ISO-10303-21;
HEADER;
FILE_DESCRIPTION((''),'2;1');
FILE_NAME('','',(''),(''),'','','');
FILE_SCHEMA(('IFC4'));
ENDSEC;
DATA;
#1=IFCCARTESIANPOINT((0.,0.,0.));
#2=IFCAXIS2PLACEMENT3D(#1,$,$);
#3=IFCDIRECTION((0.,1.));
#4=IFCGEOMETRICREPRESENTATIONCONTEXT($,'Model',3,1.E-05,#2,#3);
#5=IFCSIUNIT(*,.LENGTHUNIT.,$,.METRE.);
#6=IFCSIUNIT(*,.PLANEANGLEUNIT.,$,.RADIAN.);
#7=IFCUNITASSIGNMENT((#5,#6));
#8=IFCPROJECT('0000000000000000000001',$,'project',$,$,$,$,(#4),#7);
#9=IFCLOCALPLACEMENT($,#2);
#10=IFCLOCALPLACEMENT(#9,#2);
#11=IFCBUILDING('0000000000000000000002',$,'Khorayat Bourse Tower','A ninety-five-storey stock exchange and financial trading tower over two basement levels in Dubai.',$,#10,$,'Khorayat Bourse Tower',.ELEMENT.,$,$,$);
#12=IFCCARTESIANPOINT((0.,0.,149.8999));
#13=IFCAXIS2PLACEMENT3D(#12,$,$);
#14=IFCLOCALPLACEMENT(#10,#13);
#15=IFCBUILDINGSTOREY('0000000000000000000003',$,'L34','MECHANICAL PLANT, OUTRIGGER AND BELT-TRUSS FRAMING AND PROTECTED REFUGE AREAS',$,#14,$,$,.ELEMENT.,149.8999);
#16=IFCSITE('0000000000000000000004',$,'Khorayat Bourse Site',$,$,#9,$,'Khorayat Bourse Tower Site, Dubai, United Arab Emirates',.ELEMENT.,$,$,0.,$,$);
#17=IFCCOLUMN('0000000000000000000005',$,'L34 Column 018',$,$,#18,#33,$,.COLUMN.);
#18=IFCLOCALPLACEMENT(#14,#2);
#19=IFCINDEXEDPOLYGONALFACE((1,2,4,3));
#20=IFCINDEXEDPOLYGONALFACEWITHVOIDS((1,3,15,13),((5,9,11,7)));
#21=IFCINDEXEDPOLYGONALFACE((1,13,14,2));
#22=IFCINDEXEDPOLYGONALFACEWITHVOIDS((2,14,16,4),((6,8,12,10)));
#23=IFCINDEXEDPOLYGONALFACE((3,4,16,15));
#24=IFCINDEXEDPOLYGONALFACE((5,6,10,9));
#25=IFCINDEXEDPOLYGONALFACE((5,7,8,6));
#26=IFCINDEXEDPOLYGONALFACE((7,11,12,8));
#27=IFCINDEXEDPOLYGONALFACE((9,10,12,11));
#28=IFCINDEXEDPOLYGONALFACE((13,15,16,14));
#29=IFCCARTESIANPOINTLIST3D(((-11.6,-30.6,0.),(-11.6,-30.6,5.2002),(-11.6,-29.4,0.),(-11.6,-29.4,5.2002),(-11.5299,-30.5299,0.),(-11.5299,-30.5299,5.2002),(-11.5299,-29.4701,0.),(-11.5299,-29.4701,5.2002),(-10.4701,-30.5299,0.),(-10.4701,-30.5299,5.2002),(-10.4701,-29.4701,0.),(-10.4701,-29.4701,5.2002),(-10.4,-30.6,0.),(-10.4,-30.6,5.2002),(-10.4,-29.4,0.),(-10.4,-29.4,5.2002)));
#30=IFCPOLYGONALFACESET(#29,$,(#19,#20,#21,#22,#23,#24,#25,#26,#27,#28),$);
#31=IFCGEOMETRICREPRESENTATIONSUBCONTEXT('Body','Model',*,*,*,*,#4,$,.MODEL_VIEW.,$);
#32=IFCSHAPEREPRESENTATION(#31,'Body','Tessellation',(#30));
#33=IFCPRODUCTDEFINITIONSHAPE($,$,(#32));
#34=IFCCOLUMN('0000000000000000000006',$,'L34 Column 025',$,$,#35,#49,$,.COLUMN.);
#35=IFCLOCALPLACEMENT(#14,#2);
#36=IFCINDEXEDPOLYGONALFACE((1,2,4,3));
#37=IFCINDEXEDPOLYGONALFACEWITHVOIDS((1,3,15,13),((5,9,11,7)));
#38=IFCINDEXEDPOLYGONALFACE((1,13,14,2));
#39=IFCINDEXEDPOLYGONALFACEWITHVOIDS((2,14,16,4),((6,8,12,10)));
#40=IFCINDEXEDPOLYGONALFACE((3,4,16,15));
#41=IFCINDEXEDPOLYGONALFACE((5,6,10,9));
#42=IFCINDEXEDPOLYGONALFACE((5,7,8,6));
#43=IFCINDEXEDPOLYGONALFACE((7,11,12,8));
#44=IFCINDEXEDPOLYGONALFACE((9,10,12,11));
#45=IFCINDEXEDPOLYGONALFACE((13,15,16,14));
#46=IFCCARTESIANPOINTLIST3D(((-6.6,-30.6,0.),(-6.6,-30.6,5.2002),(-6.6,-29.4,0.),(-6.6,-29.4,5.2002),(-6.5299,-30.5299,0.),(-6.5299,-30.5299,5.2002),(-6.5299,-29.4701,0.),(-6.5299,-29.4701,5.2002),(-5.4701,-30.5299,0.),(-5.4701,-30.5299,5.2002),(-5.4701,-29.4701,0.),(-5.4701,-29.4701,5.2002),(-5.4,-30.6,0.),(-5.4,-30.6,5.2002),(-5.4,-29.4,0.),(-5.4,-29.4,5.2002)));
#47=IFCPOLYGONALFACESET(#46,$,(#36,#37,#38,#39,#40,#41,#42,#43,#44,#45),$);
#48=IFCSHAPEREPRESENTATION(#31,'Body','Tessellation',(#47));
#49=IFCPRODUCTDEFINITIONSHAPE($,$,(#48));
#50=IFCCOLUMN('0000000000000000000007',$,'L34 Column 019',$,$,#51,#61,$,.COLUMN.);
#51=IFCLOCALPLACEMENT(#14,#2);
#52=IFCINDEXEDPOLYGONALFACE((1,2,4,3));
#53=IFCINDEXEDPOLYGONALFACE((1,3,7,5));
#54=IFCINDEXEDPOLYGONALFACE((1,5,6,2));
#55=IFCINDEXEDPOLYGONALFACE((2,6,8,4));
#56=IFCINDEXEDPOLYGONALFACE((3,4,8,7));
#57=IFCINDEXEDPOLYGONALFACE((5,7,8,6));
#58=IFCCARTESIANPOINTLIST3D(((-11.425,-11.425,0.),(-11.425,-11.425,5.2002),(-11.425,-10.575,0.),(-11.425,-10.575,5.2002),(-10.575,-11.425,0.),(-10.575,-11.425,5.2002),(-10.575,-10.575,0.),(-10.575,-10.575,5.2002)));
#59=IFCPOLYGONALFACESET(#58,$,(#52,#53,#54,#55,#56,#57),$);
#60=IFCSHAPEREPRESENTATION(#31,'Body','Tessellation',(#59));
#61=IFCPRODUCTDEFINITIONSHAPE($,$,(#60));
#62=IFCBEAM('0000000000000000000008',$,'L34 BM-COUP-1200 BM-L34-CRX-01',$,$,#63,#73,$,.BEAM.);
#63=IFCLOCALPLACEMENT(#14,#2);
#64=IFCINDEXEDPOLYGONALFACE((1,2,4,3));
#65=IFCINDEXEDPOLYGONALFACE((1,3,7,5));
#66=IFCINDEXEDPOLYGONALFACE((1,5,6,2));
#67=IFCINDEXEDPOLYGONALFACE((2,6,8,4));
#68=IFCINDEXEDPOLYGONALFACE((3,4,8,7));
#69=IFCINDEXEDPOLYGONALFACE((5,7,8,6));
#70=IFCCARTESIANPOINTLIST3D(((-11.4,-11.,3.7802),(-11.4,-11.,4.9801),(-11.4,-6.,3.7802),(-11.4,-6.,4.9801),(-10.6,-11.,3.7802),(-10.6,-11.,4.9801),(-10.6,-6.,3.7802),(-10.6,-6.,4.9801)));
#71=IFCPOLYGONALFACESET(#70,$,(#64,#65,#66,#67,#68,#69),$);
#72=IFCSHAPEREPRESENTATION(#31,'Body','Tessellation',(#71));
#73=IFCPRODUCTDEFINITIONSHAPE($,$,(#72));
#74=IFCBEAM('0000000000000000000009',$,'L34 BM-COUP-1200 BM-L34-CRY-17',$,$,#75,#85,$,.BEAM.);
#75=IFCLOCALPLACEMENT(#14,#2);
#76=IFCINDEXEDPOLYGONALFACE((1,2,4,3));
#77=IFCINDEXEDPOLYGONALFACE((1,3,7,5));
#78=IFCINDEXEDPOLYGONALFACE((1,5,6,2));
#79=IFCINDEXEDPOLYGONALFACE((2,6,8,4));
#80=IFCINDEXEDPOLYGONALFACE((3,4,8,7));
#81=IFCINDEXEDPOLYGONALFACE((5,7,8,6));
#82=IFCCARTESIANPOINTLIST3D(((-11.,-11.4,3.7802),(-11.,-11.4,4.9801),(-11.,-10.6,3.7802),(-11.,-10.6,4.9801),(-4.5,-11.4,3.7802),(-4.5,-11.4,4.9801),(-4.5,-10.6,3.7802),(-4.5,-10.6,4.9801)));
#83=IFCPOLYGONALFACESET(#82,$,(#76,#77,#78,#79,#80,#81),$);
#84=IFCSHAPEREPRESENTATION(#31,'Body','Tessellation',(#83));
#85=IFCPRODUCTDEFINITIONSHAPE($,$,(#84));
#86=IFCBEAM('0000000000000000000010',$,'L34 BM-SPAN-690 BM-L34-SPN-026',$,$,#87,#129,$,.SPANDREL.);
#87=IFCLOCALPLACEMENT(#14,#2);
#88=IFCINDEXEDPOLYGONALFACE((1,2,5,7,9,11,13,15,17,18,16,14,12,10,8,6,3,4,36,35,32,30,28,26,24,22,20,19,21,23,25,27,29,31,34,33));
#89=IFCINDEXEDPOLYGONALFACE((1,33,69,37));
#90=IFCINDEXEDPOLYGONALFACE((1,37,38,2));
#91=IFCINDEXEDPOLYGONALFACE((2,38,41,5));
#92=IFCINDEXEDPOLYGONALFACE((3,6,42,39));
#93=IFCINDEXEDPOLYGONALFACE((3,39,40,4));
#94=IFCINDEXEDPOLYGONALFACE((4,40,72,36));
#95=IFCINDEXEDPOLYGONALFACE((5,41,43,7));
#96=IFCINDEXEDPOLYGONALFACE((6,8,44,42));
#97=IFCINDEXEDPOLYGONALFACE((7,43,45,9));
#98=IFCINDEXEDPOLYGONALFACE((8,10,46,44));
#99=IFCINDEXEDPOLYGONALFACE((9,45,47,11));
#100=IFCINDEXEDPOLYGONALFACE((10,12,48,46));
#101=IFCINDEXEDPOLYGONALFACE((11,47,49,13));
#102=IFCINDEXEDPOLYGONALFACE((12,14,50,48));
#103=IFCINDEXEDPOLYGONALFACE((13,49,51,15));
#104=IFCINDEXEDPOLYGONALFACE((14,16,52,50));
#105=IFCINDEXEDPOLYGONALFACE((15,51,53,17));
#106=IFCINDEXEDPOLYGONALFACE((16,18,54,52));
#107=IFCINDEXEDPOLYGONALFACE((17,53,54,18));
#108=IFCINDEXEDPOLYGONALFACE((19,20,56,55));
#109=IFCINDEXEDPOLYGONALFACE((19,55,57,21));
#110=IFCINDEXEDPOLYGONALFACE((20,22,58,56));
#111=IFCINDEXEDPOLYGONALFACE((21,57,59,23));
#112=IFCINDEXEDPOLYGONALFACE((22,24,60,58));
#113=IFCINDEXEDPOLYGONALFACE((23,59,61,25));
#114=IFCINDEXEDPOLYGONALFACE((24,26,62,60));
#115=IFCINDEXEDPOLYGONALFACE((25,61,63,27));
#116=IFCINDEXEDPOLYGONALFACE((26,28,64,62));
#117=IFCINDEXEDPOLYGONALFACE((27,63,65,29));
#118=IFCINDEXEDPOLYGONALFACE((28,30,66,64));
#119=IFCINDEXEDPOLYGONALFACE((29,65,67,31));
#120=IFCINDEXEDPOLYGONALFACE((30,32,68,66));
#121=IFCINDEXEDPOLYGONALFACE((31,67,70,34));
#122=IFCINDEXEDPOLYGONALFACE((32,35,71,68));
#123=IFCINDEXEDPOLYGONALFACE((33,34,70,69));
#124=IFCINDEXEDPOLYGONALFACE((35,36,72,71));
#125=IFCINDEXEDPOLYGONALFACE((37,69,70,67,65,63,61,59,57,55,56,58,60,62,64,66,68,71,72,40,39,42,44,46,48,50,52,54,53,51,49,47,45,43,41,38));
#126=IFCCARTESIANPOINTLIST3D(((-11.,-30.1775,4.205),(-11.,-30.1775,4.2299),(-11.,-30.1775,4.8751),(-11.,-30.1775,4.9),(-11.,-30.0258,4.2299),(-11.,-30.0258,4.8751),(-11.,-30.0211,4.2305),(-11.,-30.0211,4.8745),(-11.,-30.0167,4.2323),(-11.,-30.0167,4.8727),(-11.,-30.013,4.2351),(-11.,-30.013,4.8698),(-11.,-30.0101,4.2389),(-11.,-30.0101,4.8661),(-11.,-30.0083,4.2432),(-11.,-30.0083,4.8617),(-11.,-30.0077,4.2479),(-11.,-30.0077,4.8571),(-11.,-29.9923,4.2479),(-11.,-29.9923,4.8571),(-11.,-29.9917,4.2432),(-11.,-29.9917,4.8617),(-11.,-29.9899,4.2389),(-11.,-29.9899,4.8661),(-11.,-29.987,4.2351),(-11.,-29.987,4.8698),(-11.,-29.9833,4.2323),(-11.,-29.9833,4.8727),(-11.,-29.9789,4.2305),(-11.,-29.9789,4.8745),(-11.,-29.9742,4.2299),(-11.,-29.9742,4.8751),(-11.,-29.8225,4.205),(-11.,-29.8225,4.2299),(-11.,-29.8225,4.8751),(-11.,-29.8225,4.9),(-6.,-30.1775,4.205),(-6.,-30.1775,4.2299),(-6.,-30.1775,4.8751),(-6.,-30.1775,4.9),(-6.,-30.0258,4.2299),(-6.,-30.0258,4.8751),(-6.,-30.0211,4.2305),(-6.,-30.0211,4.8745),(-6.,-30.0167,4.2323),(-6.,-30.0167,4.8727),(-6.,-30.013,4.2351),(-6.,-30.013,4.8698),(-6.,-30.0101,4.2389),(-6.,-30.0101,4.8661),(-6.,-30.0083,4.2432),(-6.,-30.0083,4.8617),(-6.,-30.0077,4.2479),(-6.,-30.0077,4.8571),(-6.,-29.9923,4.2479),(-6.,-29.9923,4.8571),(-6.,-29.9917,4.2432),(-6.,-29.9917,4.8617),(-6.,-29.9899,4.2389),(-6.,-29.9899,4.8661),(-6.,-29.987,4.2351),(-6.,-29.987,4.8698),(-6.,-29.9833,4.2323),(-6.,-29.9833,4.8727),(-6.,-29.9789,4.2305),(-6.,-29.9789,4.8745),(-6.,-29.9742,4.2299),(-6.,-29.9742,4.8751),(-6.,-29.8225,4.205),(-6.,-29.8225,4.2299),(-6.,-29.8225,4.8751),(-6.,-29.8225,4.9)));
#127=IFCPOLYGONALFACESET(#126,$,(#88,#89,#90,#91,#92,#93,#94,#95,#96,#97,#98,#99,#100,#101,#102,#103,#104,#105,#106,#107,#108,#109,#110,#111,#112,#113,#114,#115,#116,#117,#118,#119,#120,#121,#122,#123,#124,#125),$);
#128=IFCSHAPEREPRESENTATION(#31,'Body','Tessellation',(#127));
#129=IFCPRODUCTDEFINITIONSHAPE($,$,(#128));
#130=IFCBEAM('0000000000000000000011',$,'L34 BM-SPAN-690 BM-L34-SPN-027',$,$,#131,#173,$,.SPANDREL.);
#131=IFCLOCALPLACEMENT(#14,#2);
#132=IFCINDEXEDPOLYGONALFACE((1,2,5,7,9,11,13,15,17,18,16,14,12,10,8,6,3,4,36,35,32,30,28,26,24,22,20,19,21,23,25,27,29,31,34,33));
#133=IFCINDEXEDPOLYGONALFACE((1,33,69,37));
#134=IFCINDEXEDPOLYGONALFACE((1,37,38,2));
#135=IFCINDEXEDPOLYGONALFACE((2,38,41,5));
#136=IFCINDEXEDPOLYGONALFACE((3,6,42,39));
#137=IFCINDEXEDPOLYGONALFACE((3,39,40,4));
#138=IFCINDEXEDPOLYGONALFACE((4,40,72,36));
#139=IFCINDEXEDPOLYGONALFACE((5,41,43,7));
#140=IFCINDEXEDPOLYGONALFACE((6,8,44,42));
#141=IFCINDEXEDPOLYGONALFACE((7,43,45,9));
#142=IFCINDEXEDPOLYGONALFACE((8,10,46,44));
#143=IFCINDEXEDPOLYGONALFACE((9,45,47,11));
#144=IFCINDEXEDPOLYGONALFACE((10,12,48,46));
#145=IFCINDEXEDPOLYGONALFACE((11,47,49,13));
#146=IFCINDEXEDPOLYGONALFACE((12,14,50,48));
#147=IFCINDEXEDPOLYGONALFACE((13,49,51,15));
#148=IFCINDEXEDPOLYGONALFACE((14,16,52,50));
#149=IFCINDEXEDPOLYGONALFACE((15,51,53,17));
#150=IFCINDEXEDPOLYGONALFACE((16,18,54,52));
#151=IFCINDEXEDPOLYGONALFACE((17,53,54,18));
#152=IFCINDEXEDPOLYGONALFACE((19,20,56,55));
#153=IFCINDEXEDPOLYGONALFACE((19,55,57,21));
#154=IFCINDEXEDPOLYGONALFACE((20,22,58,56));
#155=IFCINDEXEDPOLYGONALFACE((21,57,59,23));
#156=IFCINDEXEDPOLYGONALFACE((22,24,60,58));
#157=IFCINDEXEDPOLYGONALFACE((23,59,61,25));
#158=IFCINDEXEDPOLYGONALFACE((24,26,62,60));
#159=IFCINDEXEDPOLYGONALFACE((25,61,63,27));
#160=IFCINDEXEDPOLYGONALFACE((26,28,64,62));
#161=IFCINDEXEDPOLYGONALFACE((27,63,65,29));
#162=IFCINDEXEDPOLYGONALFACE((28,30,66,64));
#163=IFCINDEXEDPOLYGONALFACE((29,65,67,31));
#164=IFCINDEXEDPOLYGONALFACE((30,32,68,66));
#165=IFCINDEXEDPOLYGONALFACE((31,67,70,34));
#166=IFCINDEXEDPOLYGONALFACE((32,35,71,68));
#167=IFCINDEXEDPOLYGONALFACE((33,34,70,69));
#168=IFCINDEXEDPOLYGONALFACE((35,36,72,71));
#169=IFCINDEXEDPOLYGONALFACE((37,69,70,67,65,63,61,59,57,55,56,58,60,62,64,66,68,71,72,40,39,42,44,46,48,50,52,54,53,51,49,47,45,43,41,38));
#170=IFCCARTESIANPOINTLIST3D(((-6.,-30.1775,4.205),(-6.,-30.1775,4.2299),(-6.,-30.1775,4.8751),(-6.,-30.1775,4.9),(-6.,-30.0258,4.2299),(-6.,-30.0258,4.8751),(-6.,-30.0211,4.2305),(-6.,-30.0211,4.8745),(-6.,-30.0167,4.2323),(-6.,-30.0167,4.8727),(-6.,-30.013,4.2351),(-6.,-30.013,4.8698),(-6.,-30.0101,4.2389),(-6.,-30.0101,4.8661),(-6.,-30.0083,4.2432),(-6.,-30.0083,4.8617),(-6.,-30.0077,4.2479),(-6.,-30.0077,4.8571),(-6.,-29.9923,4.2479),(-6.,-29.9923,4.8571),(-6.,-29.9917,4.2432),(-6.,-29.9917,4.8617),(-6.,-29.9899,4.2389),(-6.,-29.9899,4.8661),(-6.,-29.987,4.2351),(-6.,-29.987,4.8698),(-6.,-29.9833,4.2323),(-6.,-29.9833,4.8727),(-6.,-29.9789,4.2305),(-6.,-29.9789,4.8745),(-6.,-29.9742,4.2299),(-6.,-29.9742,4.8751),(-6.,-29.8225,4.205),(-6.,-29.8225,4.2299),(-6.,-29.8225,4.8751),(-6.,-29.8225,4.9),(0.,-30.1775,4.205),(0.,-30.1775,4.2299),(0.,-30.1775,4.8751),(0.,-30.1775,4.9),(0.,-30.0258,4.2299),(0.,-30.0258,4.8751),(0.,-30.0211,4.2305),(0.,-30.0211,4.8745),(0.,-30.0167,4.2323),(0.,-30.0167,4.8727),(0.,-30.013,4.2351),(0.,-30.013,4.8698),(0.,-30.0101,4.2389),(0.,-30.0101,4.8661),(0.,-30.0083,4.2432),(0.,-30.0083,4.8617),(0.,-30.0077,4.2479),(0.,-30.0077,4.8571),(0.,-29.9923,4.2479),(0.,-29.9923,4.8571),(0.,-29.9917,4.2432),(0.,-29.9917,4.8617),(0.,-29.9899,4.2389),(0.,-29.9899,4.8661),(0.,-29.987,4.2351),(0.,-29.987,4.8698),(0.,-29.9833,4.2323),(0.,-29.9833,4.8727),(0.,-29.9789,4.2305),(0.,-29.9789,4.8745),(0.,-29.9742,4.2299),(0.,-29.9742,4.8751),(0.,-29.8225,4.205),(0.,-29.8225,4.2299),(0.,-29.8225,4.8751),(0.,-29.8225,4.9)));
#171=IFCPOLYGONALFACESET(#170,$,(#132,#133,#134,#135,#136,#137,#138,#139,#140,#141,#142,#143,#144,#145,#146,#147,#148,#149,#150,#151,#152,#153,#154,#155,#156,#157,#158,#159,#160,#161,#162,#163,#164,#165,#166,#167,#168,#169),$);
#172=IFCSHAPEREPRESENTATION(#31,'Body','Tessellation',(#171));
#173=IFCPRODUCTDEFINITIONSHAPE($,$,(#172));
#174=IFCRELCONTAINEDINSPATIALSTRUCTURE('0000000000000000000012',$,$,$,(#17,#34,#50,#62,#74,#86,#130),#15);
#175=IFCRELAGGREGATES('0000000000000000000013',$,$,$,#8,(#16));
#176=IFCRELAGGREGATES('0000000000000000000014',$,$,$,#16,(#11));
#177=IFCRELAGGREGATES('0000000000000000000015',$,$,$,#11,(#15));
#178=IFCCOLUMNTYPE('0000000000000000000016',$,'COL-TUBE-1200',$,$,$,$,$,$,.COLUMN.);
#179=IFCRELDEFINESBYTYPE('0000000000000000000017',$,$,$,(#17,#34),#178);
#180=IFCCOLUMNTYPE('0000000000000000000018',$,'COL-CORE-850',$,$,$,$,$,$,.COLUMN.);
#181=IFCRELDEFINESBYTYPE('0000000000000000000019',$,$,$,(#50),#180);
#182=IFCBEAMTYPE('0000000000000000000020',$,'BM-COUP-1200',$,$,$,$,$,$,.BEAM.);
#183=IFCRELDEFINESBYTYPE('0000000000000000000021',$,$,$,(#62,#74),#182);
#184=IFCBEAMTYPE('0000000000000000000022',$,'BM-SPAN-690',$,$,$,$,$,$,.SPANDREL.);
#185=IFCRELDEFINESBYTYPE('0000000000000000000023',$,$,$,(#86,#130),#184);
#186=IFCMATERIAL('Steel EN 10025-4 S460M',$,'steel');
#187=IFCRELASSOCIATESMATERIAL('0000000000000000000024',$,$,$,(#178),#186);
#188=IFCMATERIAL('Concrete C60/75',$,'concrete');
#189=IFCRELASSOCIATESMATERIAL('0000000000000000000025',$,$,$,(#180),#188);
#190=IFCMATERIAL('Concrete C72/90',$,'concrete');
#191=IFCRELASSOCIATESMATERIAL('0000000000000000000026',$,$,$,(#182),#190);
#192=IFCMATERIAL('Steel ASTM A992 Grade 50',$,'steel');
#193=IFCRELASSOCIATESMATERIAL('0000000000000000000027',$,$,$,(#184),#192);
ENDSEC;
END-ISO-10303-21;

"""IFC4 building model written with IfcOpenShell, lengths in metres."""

from ifc_helpers import new_model, si_unit, direction, frame, origin, origin_2d, place, context, subcontext, project, spatial, rectangle, hollow_rectangle, i_section, extrude, source, transform, mapped, material, material_profile, profile_set, type_object, element, save


model = new_model("IFC4")

# Units and contexts
model_context = context("Model", 3, precision=1e-05, world=origin(), true_north=direction((0.0, 1.0)))
body_context = subcontext(model_context, "Body", "Model", "MODEL_VIEW")
ifc_project = project(units=[si_unit("LENGTHUNIT", "METRE"), si_unit("PLANEANGLEUNIT", "RADIAN")], contexts=[model_context])

# Site, building, storey
site_placement = place(None, origin())
site = spatial("IfcSite", under=ifc_project, at=site_placement, Name="Khorayat Bourse Site", LongName="Khorayat Bourse Tower Site, Dubai, United Arab Emirates", CompositionType="ELEMENT", RefElevation=0.0)
building_placement = place(site_placement, origin())
building = spatial("IfcBuilding", under=site, at=building_placement, Name="Khorayat Bourse Tower", Description="A ninety-five-storey stock exchange and financial trading tower over two basement levels in Dubai.", LongName="Khorayat Bourse Tower", CompositionType="ELEMENT")
storey_placement = place(building_placement, frame((0.0, 0.0, 149.8999)))
storey = spatial("IfcBuildingStorey", under=building, at=storey_placement, Name="L34", Description="MECHANICAL PLANT, OUTRIGGER AND BELT-TRUSS FRAMING AND PROTECTED REFUGE AREAS", CompositionType="ELEMENT", Elevation=149.8999)

# Columns
ifc_material_1 = material(Name="Steel EN 10025-4 S460M", Category="steel")
ifc_material_profile_1 = material_profile(ifc_material_1, hollow_rectangle(XDim=1.2, YDim=1.2, WallThickness=0.0701, at=origin_2d()), Name="BOX 1200x1200x70")
ifc_profile_set_1 = profile_set([ifc_material_profile_1], Name="Steel EN 10025-4 S460M")
column_type_1 = type_object("IfcColumnType", Name="COL-TUBE-1200", PredefinedType="COLUMN", material=ifc_profile_set_1)
shared_shape_1 = source(origin(), body_context, "Body", "SweptSolid", [
    extrude(hollow_rectangle(XDim=1.2, YDim=1.2, WallThickness=0.0701, at=origin_2d()), origin(), (0.0, 0.0, 1.0), 5.2002),
])
for number, where, z_axis, x_axis, name in (
    (1, (-11.0, -30.0, 0.0), (0.0, 0.0, 1.0), (1.0, 0.0, 0.0), "L34 Column 018"),
    (2, (-6.0, -30.0, 0.0), (0.0, 0.0, 1.0), (1.0, 0.0, 0.0), "L34 Column 025"),
):
    element("IfcColumn", number, at=place(storey_placement, frame(where, z_axis=z_axis, x_axis=x_axis)), inside=storey, type_object=column_type_1, Name=name, PredefinedType="COLUMN", context=body_context, shape_type="MappedRepresentation", body=[
        mapped(shared_shape_1, transform((0.0, 0.0, 0.0), scale=1.0)),
    ])
ifc_material_2 = material(Name="Concrete C60/75", Category="concrete")
ifc_material_profile_2 = material_profile(ifc_material_2, rectangle(XDim=0.8501, YDim=0.8501, at=origin_2d()), Name="RC 850x850")
ifc_profile_set_2 = profile_set([ifc_material_profile_2], Name="Concrete C60/75")
column_type_2 = type_object("IfcColumnType", Name="COL-CORE-850", PredefinedType="COLUMN", material=ifc_profile_set_2)
shared_shape_2 = source(origin(), body_context, "Body", "SweptSolid", [
    extrude(rectangle(XDim=0.8501, YDim=0.8501, at=origin_2d()), origin(), (0.0, 0.0, 1.0), 5.2002),
])
column_placement = place(storey_placement, frame((-11.0, -11.0, 0.0), z_axis=(0.0, 0.0, 1.0), x_axis=(1.0, 0.0, 0.0)))
element("IfcColumn", 3, at=column_placement, inside=storey, type_object=column_type_2, Name="L34 Column 019", PredefinedType="COLUMN", context=body_context, shape_type="MappedRepresentation", body=[
    mapped(shared_shape_2, transform((0.0, 0.0, 0.0), scale=1.0)),
])

# Beams
ifc_material_3 = material(Name="Concrete C72/90", Category="concrete")
ifc_material_profile_3 = material_profile(ifc_material_3, rectangle(XDim=0.8, YDim=1.2, at=origin_2d()), Name="RC 800x1200")
ifc_profile_set_3 = profile_set([ifc_material_profile_3], Name="Concrete C72/90")
beam_type_1 = type_object("IfcBeamType", Name="BM-COUP-1200", PredefinedType="BEAM", material=ifc_profile_set_3)
shared_shape_3 = source(origin(), body_context, "Body", "SweptSolid", [
    extrude(rectangle(XDim=0.8, YDim=1.2, at=origin_2d()), origin(), (0.0, 0.0, 1.0), 5.0),
])
beam_1_placement = place(storey_placement, frame((-11.0, -11.0, 4.3801), z_axis=(0.0, 1.0, 0.0), x_axis=(-1.0, 0.0, 0.0)))
element("IfcBeam", 4, at=beam_1_placement, inside=storey, type_object=beam_type_1, Name="L34 BM-COUP-1200 BM-L34-CRX-01", PredefinedType="BEAM", context=body_context, shape_type="MappedRepresentation", body=[
    mapped(shared_shape_3, transform((0.0, 0.0, 0.0), scale=1.0)),
])
shared_shape_4 = source(origin(), body_context, "Body", "SweptSolid", [
    extrude(rectangle(XDim=0.8, YDim=1.2, at=origin_2d()), origin(), (0.0, 0.0, 1.0), 6.5),
])
beam_2_placement = place(storey_placement, frame((-11.0, -11.0, 4.3801), z_axis=(1.0, 0.0, 0.0), x_axis=(0.0, 1.0, 0.0)))
element("IfcBeam", 5, at=beam_2_placement, inside=storey, type_object=beam_type_1, Name="L34 BM-COUP-1200 BM-L34-CRY-17", PredefinedType="BEAM", context=body_context, shape_type="MappedRepresentation", body=[
    mapped(shared_shape_4, transform((0.0, 0.0, 0.0), scale=1.0)),
])
ifc_material_4 = material(Name="Steel ASTM A992 Grade 50", Category="steel")
ifc_material_profile_4 = material_profile(ifc_material_4, i_section(OverallWidth=0.355, OverallDepth=0.6951, WebThickness=0.0154, FlangeThickness=0.0249, FilletRadius=0.0181, at=origin_2d()), Name="W690X217")
ifc_profile_set_4 = profile_set([ifc_material_profile_4], Name="Steel ASTM A992 Grade 50")
beam_type_2 = type_object("IfcBeamType", Name="BM-SPAN-690", PredefinedType="SPANDREL", material=ifc_profile_set_4)
shared_shape_5 = source(origin(), body_context, "Body", "SweptSolid", [
    extrude(i_section(OverallWidth=0.355, OverallDepth=0.6951, WebThickness=0.0154, FlangeThickness=0.0249, FilletRadius=0.0181, at=origin_2d()), origin(), (0.0, 0.0, 1.0), 5.0),
])
beam_3_placement = place(storey_placement, frame((-11.0, -30.0, 4.5525), z_axis=(1.0, 0.0, 0.0), x_axis=(0.0, 1.0, 0.0)))
element("IfcBeam", 6, at=beam_3_placement, inside=storey, type_object=beam_type_2, Name="L34 BM-SPAN-690 BM-L34-SPN-026", PredefinedType="SPANDREL", context=body_context, shape_type="MappedRepresentation", body=[
    mapped(shared_shape_5, transform((0.0, 0.0, 0.0), scale=1.0)),
])
shared_shape_6 = source(origin(), body_context, "Body", "SweptSolid", [
    extrude(i_section(OverallWidth=0.355, OverallDepth=0.6951, WebThickness=0.0154, FlangeThickness=0.0249, FilletRadius=0.0181, at=origin_2d()), origin(), (0.0, 0.0, 1.0), 6.0),
])
beam_4_placement = place(storey_placement, frame((-6.0, -30.0, 4.5525), z_axis=(1.0, 0.0, 0.0), x_axis=(0.0, 1.0, 0.0)))
element("IfcBeam", 7, at=beam_4_placement, inside=storey, type_object=beam_type_2, Name="L34 BM-SPAN-690 BM-L34-SPN-027", PredefinedType="SPANDREL", context=body_context, shape_type="MappedRepresentation", body=[
    mapped(shared_shape_6, transform((0.0, 0.0, 0.0), scale=1.0)),
])

save(model, "model.ifc")
